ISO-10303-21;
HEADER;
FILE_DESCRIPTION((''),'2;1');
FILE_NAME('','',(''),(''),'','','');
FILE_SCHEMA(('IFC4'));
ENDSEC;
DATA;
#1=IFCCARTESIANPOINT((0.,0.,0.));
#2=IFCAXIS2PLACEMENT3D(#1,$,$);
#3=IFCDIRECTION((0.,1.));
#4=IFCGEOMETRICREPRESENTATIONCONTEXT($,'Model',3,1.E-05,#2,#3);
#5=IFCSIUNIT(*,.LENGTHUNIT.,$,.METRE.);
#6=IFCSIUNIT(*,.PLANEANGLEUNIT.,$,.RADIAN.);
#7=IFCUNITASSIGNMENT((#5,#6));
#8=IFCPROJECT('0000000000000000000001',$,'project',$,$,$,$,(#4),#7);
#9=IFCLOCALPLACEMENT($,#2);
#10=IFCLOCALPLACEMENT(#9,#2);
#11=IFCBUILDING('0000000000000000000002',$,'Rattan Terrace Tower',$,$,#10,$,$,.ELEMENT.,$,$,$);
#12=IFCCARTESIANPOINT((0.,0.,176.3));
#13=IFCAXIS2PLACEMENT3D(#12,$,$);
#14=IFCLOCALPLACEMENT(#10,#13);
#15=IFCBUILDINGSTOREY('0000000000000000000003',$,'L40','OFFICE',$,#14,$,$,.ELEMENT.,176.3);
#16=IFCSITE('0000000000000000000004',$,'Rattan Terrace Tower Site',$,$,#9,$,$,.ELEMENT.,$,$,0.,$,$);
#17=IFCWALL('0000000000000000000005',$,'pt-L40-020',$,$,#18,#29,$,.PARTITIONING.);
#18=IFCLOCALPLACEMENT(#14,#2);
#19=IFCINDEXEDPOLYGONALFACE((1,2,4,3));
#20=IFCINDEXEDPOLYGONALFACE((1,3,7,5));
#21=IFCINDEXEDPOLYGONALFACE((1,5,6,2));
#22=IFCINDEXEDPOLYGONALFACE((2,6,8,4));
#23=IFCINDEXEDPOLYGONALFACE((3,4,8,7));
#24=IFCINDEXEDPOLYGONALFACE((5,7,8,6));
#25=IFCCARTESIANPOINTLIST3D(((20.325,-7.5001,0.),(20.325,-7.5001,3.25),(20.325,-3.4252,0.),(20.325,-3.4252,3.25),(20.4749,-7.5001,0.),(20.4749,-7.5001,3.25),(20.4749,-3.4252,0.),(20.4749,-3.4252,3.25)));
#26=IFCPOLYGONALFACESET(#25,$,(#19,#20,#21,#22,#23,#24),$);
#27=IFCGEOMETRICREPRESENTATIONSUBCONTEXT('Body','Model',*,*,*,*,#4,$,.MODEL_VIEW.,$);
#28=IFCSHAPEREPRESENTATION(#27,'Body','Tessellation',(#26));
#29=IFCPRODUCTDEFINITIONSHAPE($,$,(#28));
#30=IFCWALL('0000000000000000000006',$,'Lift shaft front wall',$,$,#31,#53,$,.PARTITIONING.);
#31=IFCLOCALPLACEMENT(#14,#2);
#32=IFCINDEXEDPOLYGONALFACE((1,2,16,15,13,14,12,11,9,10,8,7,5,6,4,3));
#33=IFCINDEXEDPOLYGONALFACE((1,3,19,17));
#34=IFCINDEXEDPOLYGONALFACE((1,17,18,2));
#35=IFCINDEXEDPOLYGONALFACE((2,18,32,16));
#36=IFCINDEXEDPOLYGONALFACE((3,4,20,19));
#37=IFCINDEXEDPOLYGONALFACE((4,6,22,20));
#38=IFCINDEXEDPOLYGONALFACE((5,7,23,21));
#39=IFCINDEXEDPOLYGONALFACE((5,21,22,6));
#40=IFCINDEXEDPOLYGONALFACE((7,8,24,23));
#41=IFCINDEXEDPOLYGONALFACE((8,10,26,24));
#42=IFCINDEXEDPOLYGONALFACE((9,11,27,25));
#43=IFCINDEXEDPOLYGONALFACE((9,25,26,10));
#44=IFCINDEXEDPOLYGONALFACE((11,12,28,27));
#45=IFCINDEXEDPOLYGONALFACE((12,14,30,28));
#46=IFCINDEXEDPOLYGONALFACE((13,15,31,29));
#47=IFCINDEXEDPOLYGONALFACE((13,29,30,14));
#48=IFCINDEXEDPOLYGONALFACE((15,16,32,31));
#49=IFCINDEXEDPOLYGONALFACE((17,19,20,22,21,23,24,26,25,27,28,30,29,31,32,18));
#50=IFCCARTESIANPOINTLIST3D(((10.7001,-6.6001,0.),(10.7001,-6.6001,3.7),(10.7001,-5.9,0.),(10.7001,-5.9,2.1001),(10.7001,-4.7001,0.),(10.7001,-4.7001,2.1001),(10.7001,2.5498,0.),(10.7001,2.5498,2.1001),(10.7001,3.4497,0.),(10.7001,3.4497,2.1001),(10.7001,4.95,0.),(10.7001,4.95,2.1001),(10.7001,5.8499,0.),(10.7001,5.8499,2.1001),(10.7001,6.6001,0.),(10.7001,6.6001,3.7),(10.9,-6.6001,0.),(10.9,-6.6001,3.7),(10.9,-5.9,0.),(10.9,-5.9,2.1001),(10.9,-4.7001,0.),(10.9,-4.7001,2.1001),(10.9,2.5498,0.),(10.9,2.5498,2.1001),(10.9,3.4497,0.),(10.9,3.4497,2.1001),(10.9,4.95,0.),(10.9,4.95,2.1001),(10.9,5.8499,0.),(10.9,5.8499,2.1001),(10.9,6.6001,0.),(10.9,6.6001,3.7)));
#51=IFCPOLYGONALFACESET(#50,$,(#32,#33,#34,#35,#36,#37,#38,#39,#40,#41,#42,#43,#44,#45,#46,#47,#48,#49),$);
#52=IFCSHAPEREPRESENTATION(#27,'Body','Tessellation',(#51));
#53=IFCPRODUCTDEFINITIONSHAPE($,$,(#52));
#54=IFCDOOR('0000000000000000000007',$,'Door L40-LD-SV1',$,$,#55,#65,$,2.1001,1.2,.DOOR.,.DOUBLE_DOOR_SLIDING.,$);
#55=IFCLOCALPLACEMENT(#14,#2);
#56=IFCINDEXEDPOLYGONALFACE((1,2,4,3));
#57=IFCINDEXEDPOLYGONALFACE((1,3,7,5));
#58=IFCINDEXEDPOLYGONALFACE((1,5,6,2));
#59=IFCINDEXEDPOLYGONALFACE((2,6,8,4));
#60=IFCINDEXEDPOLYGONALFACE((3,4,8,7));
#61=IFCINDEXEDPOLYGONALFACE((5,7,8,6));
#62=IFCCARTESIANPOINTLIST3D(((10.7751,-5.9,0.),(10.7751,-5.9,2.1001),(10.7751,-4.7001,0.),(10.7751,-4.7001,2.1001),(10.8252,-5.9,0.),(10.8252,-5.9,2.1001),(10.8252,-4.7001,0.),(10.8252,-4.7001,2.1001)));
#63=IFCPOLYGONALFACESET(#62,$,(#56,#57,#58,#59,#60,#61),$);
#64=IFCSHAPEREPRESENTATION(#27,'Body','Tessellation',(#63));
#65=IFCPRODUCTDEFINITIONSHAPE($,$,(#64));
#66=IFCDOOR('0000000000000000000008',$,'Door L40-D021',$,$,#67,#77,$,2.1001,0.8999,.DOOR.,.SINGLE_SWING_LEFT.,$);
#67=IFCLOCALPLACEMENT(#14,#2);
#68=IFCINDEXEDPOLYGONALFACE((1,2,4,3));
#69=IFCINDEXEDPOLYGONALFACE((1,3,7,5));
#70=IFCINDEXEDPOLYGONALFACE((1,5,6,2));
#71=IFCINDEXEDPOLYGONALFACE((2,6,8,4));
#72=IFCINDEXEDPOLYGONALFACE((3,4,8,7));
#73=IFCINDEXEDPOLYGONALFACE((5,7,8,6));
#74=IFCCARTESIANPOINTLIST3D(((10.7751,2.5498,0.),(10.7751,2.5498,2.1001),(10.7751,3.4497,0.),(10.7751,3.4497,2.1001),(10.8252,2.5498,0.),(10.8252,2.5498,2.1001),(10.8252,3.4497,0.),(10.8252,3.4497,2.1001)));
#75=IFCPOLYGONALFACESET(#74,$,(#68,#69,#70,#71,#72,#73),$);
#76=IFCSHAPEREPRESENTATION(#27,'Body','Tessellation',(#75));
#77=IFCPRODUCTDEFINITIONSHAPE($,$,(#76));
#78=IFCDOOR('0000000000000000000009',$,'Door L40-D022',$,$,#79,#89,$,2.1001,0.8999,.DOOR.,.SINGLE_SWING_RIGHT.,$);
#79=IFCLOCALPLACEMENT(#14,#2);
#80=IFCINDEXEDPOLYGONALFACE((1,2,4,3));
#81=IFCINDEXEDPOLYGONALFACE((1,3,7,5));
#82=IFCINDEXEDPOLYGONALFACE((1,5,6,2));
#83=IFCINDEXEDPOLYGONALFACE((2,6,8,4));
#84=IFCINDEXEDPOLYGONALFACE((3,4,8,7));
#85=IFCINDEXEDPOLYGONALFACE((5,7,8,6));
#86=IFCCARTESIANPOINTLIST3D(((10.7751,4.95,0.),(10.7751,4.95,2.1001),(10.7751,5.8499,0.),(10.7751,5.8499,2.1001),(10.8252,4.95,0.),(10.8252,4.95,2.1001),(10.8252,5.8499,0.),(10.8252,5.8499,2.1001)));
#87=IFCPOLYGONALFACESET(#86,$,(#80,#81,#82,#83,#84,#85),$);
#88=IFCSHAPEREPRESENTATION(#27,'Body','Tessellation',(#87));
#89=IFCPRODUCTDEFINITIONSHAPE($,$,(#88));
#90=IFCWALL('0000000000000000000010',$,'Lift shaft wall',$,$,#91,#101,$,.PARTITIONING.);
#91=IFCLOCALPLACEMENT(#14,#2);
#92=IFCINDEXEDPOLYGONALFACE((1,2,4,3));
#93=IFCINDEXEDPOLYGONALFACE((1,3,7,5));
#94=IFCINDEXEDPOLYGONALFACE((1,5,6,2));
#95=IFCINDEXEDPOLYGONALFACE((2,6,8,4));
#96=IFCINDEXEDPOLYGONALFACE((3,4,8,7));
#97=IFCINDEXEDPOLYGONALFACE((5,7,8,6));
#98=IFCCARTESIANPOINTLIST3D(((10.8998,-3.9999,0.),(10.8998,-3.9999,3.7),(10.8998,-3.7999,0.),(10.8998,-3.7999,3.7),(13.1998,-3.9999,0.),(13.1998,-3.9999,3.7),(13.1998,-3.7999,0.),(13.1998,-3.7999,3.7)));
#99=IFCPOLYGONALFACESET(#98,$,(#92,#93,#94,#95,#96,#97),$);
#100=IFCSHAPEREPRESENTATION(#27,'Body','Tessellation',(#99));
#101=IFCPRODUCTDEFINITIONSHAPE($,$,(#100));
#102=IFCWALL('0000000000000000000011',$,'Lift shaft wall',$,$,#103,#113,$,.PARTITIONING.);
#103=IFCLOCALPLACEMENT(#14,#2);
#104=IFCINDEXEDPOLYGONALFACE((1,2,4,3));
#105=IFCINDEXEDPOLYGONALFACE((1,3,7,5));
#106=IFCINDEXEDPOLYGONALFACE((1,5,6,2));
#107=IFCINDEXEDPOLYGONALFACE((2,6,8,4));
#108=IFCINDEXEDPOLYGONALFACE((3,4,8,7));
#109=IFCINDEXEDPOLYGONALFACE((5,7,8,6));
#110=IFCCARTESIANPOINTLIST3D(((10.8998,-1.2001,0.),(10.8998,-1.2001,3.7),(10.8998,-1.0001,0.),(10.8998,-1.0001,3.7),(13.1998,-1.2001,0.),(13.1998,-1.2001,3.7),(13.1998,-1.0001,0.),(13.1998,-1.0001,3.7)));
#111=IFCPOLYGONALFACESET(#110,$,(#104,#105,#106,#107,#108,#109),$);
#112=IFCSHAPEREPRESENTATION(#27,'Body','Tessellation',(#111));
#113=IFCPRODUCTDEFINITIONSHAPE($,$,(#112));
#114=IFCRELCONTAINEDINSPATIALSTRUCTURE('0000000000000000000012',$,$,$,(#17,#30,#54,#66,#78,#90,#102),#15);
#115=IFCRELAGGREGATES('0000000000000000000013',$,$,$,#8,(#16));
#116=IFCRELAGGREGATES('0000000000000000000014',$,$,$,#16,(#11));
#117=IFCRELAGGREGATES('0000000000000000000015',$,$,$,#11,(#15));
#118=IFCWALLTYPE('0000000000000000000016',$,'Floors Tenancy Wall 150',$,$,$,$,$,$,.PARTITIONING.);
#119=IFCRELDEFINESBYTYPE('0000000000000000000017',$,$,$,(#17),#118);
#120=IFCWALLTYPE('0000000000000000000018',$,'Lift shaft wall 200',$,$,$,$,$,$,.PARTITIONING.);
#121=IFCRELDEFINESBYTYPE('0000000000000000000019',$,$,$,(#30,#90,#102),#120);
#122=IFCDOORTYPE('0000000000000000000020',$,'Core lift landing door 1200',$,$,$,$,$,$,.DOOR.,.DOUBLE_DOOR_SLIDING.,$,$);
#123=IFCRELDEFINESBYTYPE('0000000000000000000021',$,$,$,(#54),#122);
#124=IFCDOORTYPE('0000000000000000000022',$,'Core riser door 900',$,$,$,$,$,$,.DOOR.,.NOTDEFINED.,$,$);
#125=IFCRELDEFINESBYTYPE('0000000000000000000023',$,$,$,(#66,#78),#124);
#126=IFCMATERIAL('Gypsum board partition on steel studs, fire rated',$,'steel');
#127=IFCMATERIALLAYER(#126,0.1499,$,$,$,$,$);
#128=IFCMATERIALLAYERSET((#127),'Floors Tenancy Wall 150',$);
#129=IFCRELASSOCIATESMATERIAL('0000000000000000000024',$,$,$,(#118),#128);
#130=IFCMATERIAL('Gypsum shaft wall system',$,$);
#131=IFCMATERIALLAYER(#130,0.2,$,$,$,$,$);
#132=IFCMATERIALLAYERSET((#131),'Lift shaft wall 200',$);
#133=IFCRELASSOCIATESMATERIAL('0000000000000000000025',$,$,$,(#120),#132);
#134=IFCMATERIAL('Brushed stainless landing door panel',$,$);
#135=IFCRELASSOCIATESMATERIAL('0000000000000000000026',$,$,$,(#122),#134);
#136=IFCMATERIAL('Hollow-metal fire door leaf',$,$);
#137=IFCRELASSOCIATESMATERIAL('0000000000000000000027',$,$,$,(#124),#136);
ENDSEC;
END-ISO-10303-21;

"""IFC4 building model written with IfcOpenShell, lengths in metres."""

from ifc_helpers import new_model, si_unit, direction, frame, frame_2d, origin, place, context, subcontext, project, spatial, rectangle, extrude, material, layer, layer_set, type_object, element, fill, save


model = new_model("IFC4")

# Units and contexts
model_context = context("Model", 3, precision=1e-05, world=origin(), true_north=direction((0.0, 1.0)))
body_context = subcontext(model_context, "Body", "Model", "MODEL_VIEW")
ifc_project = project(units=[si_unit("LENGTHUNIT", "METRE"), si_unit("PLANEANGLEUNIT", "RADIAN")], contexts=[model_context])

# Site, building, storey
site_placement = place(None, origin())
site = spatial("IfcSite", under=ifc_project, at=site_placement, Name="Rattan Terrace Tower Site", CompositionType="ELEMENT", RefElevation=0.0)
building_placement = place(site_placement, origin())
building = spatial("IfcBuilding", under=site, at=building_placement, Name="Rattan Terrace Tower", CompositionType="ELEMENT")
storey_placement = place(building_placement, frame((0.0, 0.0, 176.3)))
storey = spatial("IfcBuildingStorey", under=building, at=storey_placement, Name="L40", Description="OFFICE", CompositionType="ELEMENT", Elevation=176.3)

# Wall
ifc_material_1 = material(Name="Gypsum board partition on steel studs, fire rated", Category="steel")
ifc_layer_1 = layer(ifc_material_1, 0.1499)
ifc_layer_set_1 = layer_set([ifc_layer_1], Name="Floors Tenancy Wall 150")
wall_type_1 = type_object("IfcWallType", Name="Floors Tenancy Wall 150", PredefinedType="PARTITIONING", material=ifc_layer_set_1)
wall_1_placement = place(storey_placement, frame((20.3999, -3.425, 0.0), z_axis=(0.0, 0.0, 1.0), x_axis=(0.0, -1.0, 0.0)))
element("IfcWall", 1, at=wall_1_placement, inside=storey, type_object=wall_type_1, Name="pt-L40-020", PredefinedType="PARTITIONING", context=body_context, shape_type="SweptSolid", body=[
    extrude(rectangle(XDim=4.075, YDim=0.1499, at=frame_2d((2.0376, 0.0))), origin(), (0.0, 0.0, 1.0), 3.25),
])

# Wall, openings, doors
ifc_material_2 = material(Name="Gypsum shaft wall system")
ifc_layer_2 = layer(ifc_material_2, 0.2)
ifc_layer_set_2 = layer_set([ifc_layer_2], Name="Lift shaft wall 200")
wall_type_2 = type_object("IfcWallType", Name="Lift shaft wall 200", PredefinedType="PARTITIONING", material=ifc_layer_set_2)
wall_2_placement = place(storey_placement, frame((10.8, -6.6001, 0.0), z_axis=(0.0, 0.0, 1.0), x_axis=(0.0, 1.0, 0.0)))
wall_2 = element("IfcWall", 2, at=wall_2_placement, inside=storey, type_object=wall_type_2, Name="Lift shaft front wall", PredefinedType="PARTITIONING", context=body_context, shape_type="SweptSolid", body=[
    extrude(rectangle(XDim=13.2002, YDim=0.2, at=frame_2d((6.6001, 0.0))), origin(), (0.0, 0.0, 1.0), 3.7),
])
opening_1_placement = place(wall_2_placement, frame((0.7, 0.0, 0.0)))
opening_1 = element("IfcOpeningElement", 3, at=opening_1_placement, cuts=wall_2, PredefinedType="OPENING", context=body_context, shape_type="SweptSolid", body=[
    extrude(rectangle(XDim=1.2, YDim=2.1001, at=frame_2d((0.6001, 1.05))), frame((0.0, 0.1106, 0.0), z_axis=(0.0, -1.0, 0.0), x_axis=(1.0, 0.0, 0.0)), (0.0, 0.0, 1.0), 0.2209),
])
opening_2_placement = place(wall_2_placement, frame((9.1499, 0.0, 0.0)))
opening_2 = element("IfcOpeningElement", 4, at=opening_2_placement, cuts=wall_2, PredefinedType="OPENING", context=body_context, shape_type="SweptSolid", body=[
    extrude(rectangle(XDim=0.8999, YDim=2.1001, at=frame_2d((0.45, 1.05))), frame((0.0, 0.1106, 0.0), z_axis=(0.0, -1.0, 0.0), x_axis=(1.0, 0.0, 0.0)), (0.0, 0.0, 1.0), 0.2209),
])
opening_3_placement = place(wall_2_placement, frame((11.55, 0.0, 0.0)))
opening_3 = element("IfcOpeningElement", 5, at=opening_3_placement, cuts=wall_2, PredefinedType="OPENING", context=body_context, shape_type="SweptSolid", body=[
    extrude(rectangle(XDim=0.8999, YDim=2.1001, at=frame_2d((0.45, 1.05))), frame((0.0, 0.1106, 0.0), z_axis=(0.0, -1.0, 0.0), x_axis=(1.0, 0.0, 0.0)), (0.0, 0.0, 1.0), 0.2209),
])
ifc_material_3 = material(Name="Brushed stainless landing door panel")
door_type_1 = type_object("IfcDoorType", Name="Core lift landing door 1200", OperationType="DOUBLE_DOOR_SLIDING", PredefinedType="DOOR", material=ifc_material_3)
door_1_placement = place(opening_1_placement, origin())
door_1 = element("IfcDoor", 6, at=door_1_placement, inside=storey, type_object=door_type_1, Name="Door L40-LD-SV1", OperationType="DOUBLE_DOOR_SLIDING", OverallHeight=2.1001, OverallWidth=1.2, PredefinedType="DOOR", context=body_context, shape_type="SweptSolid", body=[
    extrude(rectangle(XDim=1.2, YDim=2.1001, at=frame_2d((0.6001, 1.05))), frame((0.0, 0.0249, 0.0), z_axis=(0.0, -1.0, 0.0), x_axis=(1.0, 0.0, 0.0)), (0.0, 0.0, 1.0), 0.05),
])
fill(opening_1, door_1)
ifc_material_4 = material(Name="Hollow-metal fire door leaf")
door_type_2 = type_object("IfcDoorType", Name="Core riser door 900", OperationType="NOTDEFINED", PredefinedType="DOOR", material=ifc_material_4)
door_2_placement = place(opening_2_placement, origin())
door_2 = element("IfcDoor", 7, at=door_2_placement, inside=storey, type_object=door_type_2, Name="Door L40-D021", OperationType="SINGLE_SWING_LEFT", OverallHeight=2.1001, OverallWidth=0.8999, PredefinedType="DOOR", context=body_context, shape_type="SweptSolid", body=[
    extrude(rectangle(XDim=0.8999, YDim=2.1001, at=frame_2d((0.45, 1.05))), frame((0.0, 0.0249, 0.0), z_axis=(0.0, -1.0, 0.0), x_axis=(1.0, 0.0, 0.0)), (0.0, 0.0, 1.0), 0.05),
])
fill(opening_2, door_2)
door_3_placement = place(opening_3_placement, origin())
door_3 = element("IfcDoor", 8, at=door_3_placement, inside=storey, type_object=door_type_2, Name="Door L40-D022", OperationType="SINGLE_SWING_RIGHT", OverallHeight=2.1001, OverallWidth=0.8999, PredefinedType="DOOR", context=body_context, shape_type="SweptSolid", body=[
    extrude(rectangle(XDim=0.8999, YDim=2.1001, at=frame_2d((0.45, 1.05))), frame((0.0, 0.0249, 0.0), z_axis=(0.0, -1.0, 0.0), x_axis=(1.0, 0.0, 0.0)), (0.0, 0.0, 1.0), 0.05),
])
fill(opening_3, door_3)

# Walls
for number, where, z_axis, x_axis, name in (
    (9, (10.8999, -3.8999, 0.0), (0.0, 0.0, 1.0), (1.0, 0.0, 0.0), "Lift shaft wall"),
    (10, (10.8999, -1.1001, 0.0), (0.0, 0.0, 1.0), (1.0, 0.0, 0.0), "Lift shaft wall"),
):
    element("IfcWall", number, at=place(storey_placement, frame(where, z_axis=z_axis, x_axis=x_axis)), inside=storey, type_object=wall_type_2, Name=name, PredefinedType="PARTITIONING", context=body_context, shape_type="SweptSolid", body=[
        extrude(rectangle(XDim=2.3, YDim=0.2, at=frame_2d((1.1499, 0.0))), origin(), (0.0, 0.0, 1.0), 3.7),
    ])

save(model, "model.ifc")
